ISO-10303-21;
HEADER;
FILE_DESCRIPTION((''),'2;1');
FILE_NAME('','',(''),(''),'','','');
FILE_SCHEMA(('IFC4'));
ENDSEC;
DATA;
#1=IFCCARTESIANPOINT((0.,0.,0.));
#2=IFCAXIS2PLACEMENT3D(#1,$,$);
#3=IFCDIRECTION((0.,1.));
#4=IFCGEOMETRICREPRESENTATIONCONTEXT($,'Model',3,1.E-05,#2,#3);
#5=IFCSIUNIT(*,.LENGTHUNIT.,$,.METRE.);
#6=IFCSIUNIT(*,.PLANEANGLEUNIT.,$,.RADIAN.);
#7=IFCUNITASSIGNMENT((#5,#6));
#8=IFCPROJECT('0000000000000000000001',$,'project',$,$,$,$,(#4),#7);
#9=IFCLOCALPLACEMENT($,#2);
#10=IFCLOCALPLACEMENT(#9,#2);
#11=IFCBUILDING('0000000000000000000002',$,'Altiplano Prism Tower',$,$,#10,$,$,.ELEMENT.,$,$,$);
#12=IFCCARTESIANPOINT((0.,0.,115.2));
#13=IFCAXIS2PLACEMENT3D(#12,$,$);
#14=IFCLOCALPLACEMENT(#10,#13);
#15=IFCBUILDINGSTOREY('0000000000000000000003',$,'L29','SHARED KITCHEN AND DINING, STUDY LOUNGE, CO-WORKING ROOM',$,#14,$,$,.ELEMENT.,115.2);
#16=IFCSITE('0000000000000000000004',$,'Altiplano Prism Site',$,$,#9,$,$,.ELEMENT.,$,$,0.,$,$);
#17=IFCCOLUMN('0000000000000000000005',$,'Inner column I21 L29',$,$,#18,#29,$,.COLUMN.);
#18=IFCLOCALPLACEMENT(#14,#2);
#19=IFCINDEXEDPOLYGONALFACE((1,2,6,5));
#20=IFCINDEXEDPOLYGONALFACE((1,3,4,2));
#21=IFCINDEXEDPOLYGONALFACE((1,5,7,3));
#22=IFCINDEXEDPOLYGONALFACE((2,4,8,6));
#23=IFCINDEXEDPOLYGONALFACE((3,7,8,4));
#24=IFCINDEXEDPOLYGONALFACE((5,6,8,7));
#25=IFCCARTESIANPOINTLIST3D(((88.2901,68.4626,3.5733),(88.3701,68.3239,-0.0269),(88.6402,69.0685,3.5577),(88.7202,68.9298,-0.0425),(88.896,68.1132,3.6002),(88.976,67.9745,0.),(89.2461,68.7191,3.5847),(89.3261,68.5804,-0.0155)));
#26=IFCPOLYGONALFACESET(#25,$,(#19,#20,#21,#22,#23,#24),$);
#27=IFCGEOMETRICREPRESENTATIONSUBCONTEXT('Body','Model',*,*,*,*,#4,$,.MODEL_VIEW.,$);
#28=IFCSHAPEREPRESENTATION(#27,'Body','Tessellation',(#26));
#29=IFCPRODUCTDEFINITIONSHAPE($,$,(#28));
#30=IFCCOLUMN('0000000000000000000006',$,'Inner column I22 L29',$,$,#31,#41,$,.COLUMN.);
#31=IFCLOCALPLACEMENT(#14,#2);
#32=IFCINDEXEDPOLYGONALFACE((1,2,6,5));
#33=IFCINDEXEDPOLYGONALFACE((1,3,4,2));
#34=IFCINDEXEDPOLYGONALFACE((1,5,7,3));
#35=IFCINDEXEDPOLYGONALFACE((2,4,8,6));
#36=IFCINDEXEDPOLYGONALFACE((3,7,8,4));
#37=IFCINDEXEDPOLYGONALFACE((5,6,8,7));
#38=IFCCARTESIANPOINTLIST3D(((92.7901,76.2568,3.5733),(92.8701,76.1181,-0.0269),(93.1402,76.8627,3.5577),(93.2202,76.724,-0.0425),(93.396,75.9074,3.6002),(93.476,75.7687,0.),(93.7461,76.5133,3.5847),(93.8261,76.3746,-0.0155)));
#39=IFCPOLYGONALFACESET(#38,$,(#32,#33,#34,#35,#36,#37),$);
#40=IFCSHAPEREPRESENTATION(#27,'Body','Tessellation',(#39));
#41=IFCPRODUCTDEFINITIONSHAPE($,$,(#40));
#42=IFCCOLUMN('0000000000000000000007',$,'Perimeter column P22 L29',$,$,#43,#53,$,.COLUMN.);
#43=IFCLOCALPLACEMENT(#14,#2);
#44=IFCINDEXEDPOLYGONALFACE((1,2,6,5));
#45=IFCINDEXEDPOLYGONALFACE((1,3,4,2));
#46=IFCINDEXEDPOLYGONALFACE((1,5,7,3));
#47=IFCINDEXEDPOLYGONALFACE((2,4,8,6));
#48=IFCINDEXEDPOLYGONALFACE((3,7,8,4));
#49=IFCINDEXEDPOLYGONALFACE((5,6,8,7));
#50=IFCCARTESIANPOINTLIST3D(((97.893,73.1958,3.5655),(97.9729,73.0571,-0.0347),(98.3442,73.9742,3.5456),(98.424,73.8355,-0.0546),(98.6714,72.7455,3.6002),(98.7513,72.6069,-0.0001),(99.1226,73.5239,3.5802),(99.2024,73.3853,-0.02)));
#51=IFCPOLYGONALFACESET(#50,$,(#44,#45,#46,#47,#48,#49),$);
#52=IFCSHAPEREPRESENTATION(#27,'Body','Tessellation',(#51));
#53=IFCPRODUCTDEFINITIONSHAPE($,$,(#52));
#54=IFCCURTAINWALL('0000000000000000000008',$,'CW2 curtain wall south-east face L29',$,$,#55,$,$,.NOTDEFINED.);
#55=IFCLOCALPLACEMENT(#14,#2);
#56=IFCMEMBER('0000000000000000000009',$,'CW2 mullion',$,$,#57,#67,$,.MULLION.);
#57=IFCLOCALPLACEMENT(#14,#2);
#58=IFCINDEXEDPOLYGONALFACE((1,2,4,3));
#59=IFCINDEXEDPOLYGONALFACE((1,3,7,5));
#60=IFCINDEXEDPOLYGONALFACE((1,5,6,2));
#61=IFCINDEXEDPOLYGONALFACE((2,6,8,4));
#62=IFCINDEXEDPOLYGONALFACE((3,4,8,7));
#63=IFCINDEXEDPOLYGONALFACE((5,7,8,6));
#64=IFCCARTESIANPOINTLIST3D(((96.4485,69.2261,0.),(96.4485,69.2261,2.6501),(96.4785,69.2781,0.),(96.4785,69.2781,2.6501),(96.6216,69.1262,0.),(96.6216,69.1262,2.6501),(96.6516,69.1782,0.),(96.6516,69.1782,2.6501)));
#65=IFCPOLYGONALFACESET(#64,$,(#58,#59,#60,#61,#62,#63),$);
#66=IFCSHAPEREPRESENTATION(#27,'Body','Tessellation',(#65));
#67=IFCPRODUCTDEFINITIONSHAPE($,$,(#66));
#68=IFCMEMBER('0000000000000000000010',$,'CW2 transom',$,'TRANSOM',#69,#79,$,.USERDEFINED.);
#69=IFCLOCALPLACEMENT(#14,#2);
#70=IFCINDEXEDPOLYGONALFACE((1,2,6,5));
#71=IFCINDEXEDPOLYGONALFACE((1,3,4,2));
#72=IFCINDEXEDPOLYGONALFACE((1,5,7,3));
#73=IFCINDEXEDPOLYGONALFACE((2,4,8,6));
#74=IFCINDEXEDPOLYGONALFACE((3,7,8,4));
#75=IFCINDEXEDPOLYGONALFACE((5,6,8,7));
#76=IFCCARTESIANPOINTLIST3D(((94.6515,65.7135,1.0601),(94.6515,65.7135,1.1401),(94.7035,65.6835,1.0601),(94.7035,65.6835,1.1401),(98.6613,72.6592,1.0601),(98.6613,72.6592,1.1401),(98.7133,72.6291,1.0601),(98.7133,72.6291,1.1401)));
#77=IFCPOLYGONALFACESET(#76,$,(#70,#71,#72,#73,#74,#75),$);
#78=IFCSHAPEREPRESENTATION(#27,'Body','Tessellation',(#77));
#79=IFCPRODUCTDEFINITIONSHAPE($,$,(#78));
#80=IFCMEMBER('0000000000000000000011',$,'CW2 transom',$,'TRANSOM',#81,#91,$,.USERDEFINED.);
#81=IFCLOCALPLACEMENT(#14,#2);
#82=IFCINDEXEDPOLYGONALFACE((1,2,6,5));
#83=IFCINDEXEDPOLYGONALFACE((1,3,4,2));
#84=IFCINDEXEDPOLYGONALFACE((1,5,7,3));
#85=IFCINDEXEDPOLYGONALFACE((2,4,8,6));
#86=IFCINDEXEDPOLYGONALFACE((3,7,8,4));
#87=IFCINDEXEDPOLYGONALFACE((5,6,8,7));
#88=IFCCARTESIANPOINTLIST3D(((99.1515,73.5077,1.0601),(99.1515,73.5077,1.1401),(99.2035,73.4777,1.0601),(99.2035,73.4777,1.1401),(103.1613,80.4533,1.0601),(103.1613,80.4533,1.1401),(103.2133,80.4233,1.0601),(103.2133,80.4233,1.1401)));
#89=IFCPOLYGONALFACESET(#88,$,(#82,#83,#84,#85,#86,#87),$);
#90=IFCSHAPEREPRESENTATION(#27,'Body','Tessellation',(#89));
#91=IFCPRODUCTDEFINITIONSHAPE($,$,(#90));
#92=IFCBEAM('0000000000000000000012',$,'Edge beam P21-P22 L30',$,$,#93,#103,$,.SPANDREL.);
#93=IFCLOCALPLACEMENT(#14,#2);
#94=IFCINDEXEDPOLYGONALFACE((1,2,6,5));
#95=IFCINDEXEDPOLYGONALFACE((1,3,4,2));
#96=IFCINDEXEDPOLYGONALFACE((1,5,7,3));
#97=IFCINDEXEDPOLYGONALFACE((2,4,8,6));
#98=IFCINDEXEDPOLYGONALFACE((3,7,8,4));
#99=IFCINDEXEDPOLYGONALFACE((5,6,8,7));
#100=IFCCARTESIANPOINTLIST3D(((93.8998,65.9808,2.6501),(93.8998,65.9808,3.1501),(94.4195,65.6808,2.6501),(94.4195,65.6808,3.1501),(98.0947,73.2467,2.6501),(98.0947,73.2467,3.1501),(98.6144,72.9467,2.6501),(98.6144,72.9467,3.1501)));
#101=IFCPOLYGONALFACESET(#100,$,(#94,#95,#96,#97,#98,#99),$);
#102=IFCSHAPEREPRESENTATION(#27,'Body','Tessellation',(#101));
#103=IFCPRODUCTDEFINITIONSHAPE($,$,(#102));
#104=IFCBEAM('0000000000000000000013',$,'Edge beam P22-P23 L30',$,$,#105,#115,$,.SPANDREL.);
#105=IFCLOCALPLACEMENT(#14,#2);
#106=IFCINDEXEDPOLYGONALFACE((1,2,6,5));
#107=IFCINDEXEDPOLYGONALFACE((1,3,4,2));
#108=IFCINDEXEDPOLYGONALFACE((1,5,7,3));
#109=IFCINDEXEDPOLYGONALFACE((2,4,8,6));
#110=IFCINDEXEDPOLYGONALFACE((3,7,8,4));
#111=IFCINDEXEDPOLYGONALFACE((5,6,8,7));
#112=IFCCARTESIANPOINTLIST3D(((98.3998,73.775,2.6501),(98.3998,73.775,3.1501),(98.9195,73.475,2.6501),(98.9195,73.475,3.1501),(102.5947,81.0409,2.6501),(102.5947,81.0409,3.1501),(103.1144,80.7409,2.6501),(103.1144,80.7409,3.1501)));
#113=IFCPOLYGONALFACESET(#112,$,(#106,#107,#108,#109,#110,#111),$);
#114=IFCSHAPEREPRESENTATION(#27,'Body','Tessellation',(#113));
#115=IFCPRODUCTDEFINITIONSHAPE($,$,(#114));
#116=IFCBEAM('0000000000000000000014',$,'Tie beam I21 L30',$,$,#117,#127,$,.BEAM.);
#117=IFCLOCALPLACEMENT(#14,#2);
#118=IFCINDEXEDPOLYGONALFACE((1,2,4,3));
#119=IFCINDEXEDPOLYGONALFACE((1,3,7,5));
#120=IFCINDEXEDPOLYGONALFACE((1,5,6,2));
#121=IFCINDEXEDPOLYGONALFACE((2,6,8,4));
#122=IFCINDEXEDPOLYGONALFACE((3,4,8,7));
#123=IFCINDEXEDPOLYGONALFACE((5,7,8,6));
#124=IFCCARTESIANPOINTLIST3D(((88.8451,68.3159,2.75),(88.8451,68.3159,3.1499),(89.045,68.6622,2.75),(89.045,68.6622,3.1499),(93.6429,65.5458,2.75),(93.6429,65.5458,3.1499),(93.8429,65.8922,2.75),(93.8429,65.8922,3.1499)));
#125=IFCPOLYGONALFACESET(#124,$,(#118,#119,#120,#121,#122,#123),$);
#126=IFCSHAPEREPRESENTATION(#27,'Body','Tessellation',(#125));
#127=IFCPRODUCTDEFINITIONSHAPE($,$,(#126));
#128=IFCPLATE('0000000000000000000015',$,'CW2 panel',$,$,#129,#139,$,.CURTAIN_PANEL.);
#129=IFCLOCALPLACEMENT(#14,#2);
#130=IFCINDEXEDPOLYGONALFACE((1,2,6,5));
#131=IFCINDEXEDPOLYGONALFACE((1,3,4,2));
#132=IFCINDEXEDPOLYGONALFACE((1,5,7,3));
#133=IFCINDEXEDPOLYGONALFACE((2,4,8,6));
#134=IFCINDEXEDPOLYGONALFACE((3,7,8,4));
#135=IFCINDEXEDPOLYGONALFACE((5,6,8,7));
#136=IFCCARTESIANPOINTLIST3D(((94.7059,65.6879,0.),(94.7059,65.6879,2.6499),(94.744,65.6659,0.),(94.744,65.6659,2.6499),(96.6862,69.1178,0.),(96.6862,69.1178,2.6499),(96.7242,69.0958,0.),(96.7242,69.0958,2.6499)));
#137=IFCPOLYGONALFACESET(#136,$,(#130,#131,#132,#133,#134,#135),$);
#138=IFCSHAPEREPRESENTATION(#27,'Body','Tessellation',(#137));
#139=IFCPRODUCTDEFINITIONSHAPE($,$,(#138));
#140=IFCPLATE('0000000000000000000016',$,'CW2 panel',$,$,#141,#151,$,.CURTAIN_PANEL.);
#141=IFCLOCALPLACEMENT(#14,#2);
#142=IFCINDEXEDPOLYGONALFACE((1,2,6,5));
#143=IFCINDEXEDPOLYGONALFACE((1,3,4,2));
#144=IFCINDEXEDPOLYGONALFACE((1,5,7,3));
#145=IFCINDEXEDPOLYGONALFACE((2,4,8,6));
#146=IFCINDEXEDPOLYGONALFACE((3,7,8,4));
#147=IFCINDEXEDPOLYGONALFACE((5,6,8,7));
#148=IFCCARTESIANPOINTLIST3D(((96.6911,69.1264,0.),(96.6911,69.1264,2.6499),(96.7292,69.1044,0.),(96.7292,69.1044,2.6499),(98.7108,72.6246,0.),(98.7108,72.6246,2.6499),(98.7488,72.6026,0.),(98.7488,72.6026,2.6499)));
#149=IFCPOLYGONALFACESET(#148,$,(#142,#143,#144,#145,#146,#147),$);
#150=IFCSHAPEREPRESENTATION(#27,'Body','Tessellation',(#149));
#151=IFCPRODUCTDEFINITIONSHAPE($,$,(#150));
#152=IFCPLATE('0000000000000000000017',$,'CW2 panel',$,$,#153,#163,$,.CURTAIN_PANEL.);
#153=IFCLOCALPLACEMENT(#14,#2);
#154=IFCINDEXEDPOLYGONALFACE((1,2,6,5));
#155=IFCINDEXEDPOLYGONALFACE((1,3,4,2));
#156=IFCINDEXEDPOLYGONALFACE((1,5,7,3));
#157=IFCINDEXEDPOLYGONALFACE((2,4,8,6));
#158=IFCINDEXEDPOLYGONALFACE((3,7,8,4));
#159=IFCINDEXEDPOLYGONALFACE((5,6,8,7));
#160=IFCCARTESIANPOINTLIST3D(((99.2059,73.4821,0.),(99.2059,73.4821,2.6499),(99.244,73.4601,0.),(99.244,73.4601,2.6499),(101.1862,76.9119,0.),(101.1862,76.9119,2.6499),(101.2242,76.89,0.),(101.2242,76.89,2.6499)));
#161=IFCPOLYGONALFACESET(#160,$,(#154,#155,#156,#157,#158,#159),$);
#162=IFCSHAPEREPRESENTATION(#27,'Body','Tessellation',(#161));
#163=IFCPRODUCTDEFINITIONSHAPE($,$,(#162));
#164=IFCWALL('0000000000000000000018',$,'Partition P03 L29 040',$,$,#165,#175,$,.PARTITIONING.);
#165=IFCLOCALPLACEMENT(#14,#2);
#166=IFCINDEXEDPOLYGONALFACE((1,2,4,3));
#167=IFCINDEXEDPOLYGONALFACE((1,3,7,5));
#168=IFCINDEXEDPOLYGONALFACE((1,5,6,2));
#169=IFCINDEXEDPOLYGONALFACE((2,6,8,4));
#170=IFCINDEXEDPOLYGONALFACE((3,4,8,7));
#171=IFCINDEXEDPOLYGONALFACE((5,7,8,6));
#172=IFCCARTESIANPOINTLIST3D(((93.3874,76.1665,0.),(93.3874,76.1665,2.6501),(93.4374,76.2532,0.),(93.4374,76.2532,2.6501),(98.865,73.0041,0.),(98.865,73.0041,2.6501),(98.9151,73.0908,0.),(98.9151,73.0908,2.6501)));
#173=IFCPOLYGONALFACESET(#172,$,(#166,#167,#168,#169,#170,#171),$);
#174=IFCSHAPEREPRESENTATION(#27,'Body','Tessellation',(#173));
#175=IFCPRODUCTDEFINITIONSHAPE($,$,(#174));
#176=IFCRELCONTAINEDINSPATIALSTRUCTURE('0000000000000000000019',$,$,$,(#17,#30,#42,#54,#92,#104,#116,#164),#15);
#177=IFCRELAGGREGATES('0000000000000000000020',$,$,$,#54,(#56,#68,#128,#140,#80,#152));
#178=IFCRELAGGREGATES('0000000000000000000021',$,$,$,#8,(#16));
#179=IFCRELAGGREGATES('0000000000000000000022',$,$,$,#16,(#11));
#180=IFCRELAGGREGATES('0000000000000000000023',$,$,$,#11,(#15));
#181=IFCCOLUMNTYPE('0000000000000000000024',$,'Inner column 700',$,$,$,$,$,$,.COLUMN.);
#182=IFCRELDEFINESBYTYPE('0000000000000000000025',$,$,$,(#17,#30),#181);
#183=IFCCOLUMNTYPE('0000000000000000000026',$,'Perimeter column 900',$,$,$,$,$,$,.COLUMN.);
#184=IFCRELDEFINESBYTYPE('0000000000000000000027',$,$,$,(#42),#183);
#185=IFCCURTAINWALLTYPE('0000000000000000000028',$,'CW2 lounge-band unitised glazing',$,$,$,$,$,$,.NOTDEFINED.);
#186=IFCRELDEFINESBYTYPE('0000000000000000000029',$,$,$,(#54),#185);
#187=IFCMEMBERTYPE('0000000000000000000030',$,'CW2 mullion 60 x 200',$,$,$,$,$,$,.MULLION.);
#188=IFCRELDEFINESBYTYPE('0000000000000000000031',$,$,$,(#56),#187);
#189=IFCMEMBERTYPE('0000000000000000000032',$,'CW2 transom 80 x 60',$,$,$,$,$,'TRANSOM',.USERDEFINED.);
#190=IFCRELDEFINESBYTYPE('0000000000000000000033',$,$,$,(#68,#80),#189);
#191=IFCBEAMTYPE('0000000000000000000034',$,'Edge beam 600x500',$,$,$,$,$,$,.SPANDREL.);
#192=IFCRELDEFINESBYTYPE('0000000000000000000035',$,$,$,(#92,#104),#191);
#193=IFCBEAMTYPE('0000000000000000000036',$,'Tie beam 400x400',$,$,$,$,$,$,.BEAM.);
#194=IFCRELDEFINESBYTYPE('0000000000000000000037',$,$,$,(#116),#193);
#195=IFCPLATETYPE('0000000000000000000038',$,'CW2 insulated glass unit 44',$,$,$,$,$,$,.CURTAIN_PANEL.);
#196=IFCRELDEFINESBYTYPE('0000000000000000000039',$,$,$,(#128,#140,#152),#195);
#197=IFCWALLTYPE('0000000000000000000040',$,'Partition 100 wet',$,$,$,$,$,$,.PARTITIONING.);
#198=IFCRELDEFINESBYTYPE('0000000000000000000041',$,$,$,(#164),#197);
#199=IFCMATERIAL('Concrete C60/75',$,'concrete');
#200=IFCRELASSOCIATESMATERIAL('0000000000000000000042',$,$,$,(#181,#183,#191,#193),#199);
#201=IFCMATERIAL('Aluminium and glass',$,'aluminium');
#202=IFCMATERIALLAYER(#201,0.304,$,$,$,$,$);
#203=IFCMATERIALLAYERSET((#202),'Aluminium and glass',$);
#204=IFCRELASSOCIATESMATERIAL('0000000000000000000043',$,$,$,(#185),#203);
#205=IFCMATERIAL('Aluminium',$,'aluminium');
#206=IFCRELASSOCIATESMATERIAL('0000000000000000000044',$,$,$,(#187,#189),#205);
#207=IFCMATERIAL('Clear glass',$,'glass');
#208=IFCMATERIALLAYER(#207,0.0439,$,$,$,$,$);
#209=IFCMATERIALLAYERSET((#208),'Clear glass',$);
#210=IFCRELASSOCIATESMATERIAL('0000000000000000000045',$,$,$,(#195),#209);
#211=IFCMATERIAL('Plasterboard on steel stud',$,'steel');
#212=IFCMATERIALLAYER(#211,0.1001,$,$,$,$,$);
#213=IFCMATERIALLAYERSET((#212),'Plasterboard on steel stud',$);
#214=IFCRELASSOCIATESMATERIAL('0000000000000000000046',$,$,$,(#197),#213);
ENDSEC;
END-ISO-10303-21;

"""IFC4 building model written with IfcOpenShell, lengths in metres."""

from ifc_helpers import new_model, si_unit, direction, frame, frame_2d, origin, origin_2d, place, context, subcontext, project, spatial, rectangle, extrude, material, layer, layer_set, material_profile, profile_set, type_object, element, aggregate, save


model = new_model("IFC4")

# Units and contexts
model_context = context("Model", 3, precision=1e-05, world=origin(), true_north=direction((0.0, 1.0)))
body_context = subcontext(model_context, "Body", "Model", "MODEL_VIEW")
ifc_project = project(units=[si_unit("LENGTHUNIT", "METRE"), si_unit("PLANEANGLEUNIT", "RADIAN")], contexts=[model_context])

# Site, building, storey
site_placement = place(None, origin())
site = spatial("IfcSite", under=ifc_project, at=site_placement, Name="Altiplano Prism Site", CompositionType="ELEMENT", RefElevation=0.0)
building_placement = place(site_placement, origin())
building = spatial("IfcBuilding", under=site, at=building_placement, Name="Altiplano Prism Tower", CompositionType="ELEMENT")
storey_placement = place(building_placement, frame((0.0, 0.0, 115.2)))
storey = spatial("IfcBuildingStorey", under=building, at=storey_placement, Name="L29", Description="SHARED KITCHEN AND DINING, STUDY LOUNGE, CO-WORKING ROOM", CompositionType="ELEMENT", Elevation=115.2)

# Columns
ifc_material_1 = material(Name="Concrete C60/75", Category="concrete")
ifc_material_profile_1 = material_profile(ifc_material_1, rectangle(XDim=0.7, YDim=0.7, at=origin_2d()), Name="Inner column 700")
ifc_profile_set_1 = profile_set([ifc_material_profile_1], Name="Concrete C60/75")
column_type_1 = type_object("IfcColumnType", Name="Inner column 700", PredefinedType="COLUMN", material=ifc_profile_set_1)
for number, where, z_axis, x_axis, name in (
    (1, (88.8481, 68.4521, -0.0212), (-0.022221, 0.038481, 0.999012), (-0.500175, -0.86564, 0.022218), "Inner column I21 L29"),
    (2, (93.3481, 76.2463, -0.0212), (-0.022221, 0.038481, 0.999012), (-0.500175, -0.86564, 0.022218), "Inner column I22 L29"),
):
    element("IfcColumn", number, at=place(storey_placement, frame(where, z_axis=z_axis, x_axis=x_axis)), inside=storey, type_object=column_type_1, Name=name, PredefinedType="COLUMN", context=body_context, shape_type="SweptSolid", body=[
        extrude(rectangle(XDim=0.7, YDim=0.7, at=origin_2d()), origin(), (0.0, 0.0, 1.0), 3.6038),
    ])
ifc_material_profile_2 = material_profile(ifc_material_1, rectangle(XDim=0.8999, YDim=0.8999, at=origin_2d()), Name="Perimeter column 900")
ifc_profile_set_2 = profile_set([ifc_material_profile_2], Name="Concrete C60/75")
column_type_2 = type_object("IfcColumnType", Name="Perimeter column 900", PredefinedType="COLUMN", material=ifc_profile_set_2)
column_placement = place(storey_placement, frame((98.5876, 73.2212, -0.0273), z_axis=(-0.022154, 0.038481, 0.999014), x_axis=(-0.501318, -0.864979, 0.022201)))
element("IfcColumn", 3, at=column_placement, inside=storey, type_object=column_type_2, Name="Perimeter column P22 L29", PredefinedType="COLUMN", context=body_context, shape_type="SweptSolid", body=[
    extrude(rectangle(XDim=0.8999, YDim=0.8999, at=origin_2d()), origin(), (0.0, 0.0, 1.0), 3.6038),
])

# Curtain wall, members
ifc_material_2 = material(Name="Aluminium and glass", Category="aluminium")
ifc_layer_1 = layer(ifc_material_2, 0.304)
ifc_layer_set_1 = layer_set([ifc_layer_1], Name="Aluminium and glass")
curtain_wall_type = type_object("IfcCurtainWallType", Name="CW2 lounge-band unitised glazing", PredefinedType="NOTDEFINED", material=ifc_layer_set_1)
curtain_wall_placement = place(storey_placement, origin())
curtain_wall = element("IfcCurtainWall", 4, at=curtain_wall_placement, inside=storey, type_object=curtain_wall_type, Name="CW2 curtain wall south-east face L29", PredefinedType="NOTDEFINED")
ifc_material_3 = material(Name="Aluminium", Category="aluminium")
ifc_material_profile_3 = material_profile(ifc_material_3, rectangle(XDim=0.2, YDim=0.0601, at=origin_2d()), Name="CW2 mullion 60 x 200")
ifc_profile_set_3 = profile_set([ifc_material_profile_3], Name="Aluminium")
member_type_1 = type_object("IfcMemberType", Name="CW2 mullion 60 x 200", PredefinedType="MULLION", material=ifc_profile_set_3)
member_1_placement = place(storey_placement, frame((96.55, 69.2021, 0.0), z_axis=(0.0, 0.0, 1.0), x_axis=(-0.866025, 0.5, 0.0)))
member_1 = element("IfcMember", 5, at=member_1_placement, type_object=member_type_1, Name="CW2 mullion", PredefinedType="MULLION", context=body_context, shape_type="SweptSolid", body=[
    extrude(rectangle(XDim=0.2, YDim=0.0601, at=origin_2d()), origin(), (0.0, 0.0, 1.0), 2.6501),
])
ifc_material_profile_4 = material_profile(ifc_material_3, rectangle(XDim=0.0601, YDim=0.0801, at=origin_2d()), Name="CW2 transom 80 x 60")
ifc_profile_set_4 = profile_set([ifc_material_profile_4], Name="Aluminium")
member_type_2 = type_object("IfcMemberType", Name="CW2 transom 80 x 60", ElementType="TRANSOM", PredefinedType="USERDEFINED", material=ifc_profile_set_4)
member_2_placement = place(storey_placement, frame((94.6775, 65.6985, 1.1001), z_axis=(0.499976, 0.866039, 0.0), x_axis=(-0.866039, 0.499976, 0.0)))
member_2 = element("IfcMember", 6, at=member_2_placement, type_object=member_type_2, Name="CW2 transom", ObjectType="TRANSOM", PredefinedType="USERDEFINED", context=body_context, shape_type="SweptSolid", body=[
    extrude(rectangle(XDim=0.0601, YDim=0.0801, at=origin_2d()), origin(), (0.0, 0.0, 1.0), 8.02),
])
member_3_placement = place(storey_placement, frame((99.1775, 73.4927, 1.1001), z_axis=(0.499976, 0.866039, 0.0), x_axis=(-0.866039, 0.499976, 0.0)))
member_3 = element("IfcMember", 7, at=member_3_placement, type_object=member_type_2, Name="CW2 transom", ObjectType="TRANSOM", PredefinedType="USERDEFINED", context=body_context, shape_type="SweptSolid", body=[
    extrude(rectangle(XDim=0.0601, YDim=0.0801, at=origin_2d()), origin(), (0.0, 0.0, 1.0), 8.02),
])

# Beams
ifc_material_profile_5 = material_profile(ifc_material_1, rectangle(XDim=0.6001, YDim=0.5, at=origin_2d()), Name="Edge beam 600x500")
ifc_profile_set_5 = profile_set([ifc_material_profile_5], Name="Concrete C60/75")
beam_type_1 = type_object("IfcBeamType", Name="Edge beam 600x500", PredefinedType="SPANDREL", material=ifc_profile_set_5)
for number, where, z_axis, x_axis, name in (
    (8, (94.1597, 65.8308, 2.9001), (0.499989, 0.866032, 0.0), (-0.866032, 0.499989, 0.0), "Edge beam P21-P22 L30"),
    (9, (98.6597, 73.625, 2.9001), (0.499989, 0.866032, 0.0), (-0.866032, 0.499989, 0.0), "Edge beam P22-P23 L30"),
):
    element("IfcBeam", number, at=place(storey_placement, frame(where, z_axis=z_axis, x_axis=x_axis)), inside=storey, type_object=beam_type_1, Name=name, PredefinedType="SPANDREL", context=body_context, shape_type="SweptSolid", body=[
        extrude(rectangle(XDim=0.6001, YDim=0.5, at=origin_2d()), origin(), (0.0, 0.0, 1.0), 8.3899),
    ])
ifc_material_profile_6 = material_profile(ifc_material_1, rectangle(XDim=0.3999, YDim=0.3999, at=origin_2d()), Name="Tie beam 400x400")
ifc_profile_set_6 = profile_set([ifc_material_profile_6], Name="Concrete C60/75")
beam_type_2 = type_object("IfcBeamType", Name="Tie beam 400x400", PredefinedType="BEAM", material=ifc_profile_set_6)
beam_placement = place(storey_placement, frame((88.9451, 68.489, 2.95), z_axis=(0.866027, -0.499997, 0.0), x_axis=(0.499997, 0.866027, 0.0)))
element("IfcBeam", 10, at=beam_placement, inside=storey, type_object=beam_type_2, Name="Tie beam I21 L30", PredefinedType="BEAM", context=body_context, shape_type="SweptSolid", body=[
    extrude(rectangle(XDim=0.3999, YDim=0.3999, at=origin_2d()), origin(), (0.0, 0.0, 1.0), 5.54),
])

# Plates
ifc_material_4 = material(Name="Clear glass", Category="glass")
ifc_layer_2 = layer(ifc_material_4, 0.0439)
ifc_layer_set_2 = layer_set([ifc_layer_2], Name="Clear glass")
plate_type = type_object("IfcPlateType", Name="CW2 insulated glass unit 44", PredefinedType="CURTAIN_PANEL", material=ifc_layer_set_2)
plate_1_placement = place(storey_placement, frame((95.7151, 67.3918, 0.0), z_axis=(0.0, 0.0, 1.0), x_axis=(0.5, 0.866025, 0.0)))
plate_1 = element("IfcPlate", 11, at=plate_1_placement, type_object=plate_type, Name="CW2 panel", PredefinedType="CURTAIN_PANEL", context=body_context, shape_type="SweptSolid", body=[
    extrude(rectangle(XDim=3.9604, YDim=0.0439, at=origin_2d()), origin(), (0.0, 0.0, 1.0), 2.6499),
])
plate_2_placement = place(storey_placement, frame((97.72, 70.8645, 0.0), z_axis=(0.0, 0.0, 1.0), x_axis=(0.5, 0.866025, 0.0)))
plate_2 = element("IfcPlate", 12, at=plate_2_placement, type_object=plate_type, Name="CW2 panel", PredefinedType="CURTAIN_PANEL", context=body_context, shape_type="SweptSolid", body=[
    extrude(rectangle(XDim=4.0393, YDim=0.0439, at=origin_2d()), origin(), (0.0, 0.0, 1.0), 2.6499),
])
plate_3_placement = place(storey_placement, frame((100.2151, 75.186, 0.0), z_axis=(0.0, 0.0, 1.0), x_axis=(0.5, 0.866025, 0.0)))
plate_3 = element("IfcPlate", 13, at=plate_3_placement, type_object=plate_type, Name="CW2 panel", PredefinedType="CURTAIN_PANEL", context=body_context, shape_type="SweptSolid", body=[
    extrude(rectangle(XDim=3.9604, YDim=0.0439, at=origin_2d()), origin(), (0.0, 0.0, 1.0), 2.6499),
])
aggregate(curtain_wall, [member_1, member_2, plate_1, plate_2, member_3, plate_3])

# Wall
ifc_material_5 = material(Name="Plasterboard on steel stud", Category="steel")
ifc_layer_3 = layer(ifc_material_5, 0.1001)
ifc_layer_set_3 = layer_set([ifc_layer_3], Name="Plasterboard on steel stud")
wall_type_1 = type_object("IfcWallType", Name="Partition 100 wet", PredefinedType="PARTITIONING", material=ifc_layer_set_3)
wall_1_placement = place(storey_placement, frame((98.8901, 73.0474, 0.0), z_axis=(0.0, 0.0, 1.0), x_axis=(-0.866033, 0.499988, 0.0)))
element("IfcWall", 14, at=wall_1_placement, inside=storey, type_object=wall_type_1, Name="Partition P03 L29 040", PredefinedType="PARTITIONING", context=body_context, shape_type="SweptSolid", body=[
    extrude(rectangle(XDim=6.325, YDim=0.1001, at=frame_2d((3.1626, 0.0))), origin(), (0.0, 0.0, 1.0), 2.6501),
])

save(model, "model.ifc")
